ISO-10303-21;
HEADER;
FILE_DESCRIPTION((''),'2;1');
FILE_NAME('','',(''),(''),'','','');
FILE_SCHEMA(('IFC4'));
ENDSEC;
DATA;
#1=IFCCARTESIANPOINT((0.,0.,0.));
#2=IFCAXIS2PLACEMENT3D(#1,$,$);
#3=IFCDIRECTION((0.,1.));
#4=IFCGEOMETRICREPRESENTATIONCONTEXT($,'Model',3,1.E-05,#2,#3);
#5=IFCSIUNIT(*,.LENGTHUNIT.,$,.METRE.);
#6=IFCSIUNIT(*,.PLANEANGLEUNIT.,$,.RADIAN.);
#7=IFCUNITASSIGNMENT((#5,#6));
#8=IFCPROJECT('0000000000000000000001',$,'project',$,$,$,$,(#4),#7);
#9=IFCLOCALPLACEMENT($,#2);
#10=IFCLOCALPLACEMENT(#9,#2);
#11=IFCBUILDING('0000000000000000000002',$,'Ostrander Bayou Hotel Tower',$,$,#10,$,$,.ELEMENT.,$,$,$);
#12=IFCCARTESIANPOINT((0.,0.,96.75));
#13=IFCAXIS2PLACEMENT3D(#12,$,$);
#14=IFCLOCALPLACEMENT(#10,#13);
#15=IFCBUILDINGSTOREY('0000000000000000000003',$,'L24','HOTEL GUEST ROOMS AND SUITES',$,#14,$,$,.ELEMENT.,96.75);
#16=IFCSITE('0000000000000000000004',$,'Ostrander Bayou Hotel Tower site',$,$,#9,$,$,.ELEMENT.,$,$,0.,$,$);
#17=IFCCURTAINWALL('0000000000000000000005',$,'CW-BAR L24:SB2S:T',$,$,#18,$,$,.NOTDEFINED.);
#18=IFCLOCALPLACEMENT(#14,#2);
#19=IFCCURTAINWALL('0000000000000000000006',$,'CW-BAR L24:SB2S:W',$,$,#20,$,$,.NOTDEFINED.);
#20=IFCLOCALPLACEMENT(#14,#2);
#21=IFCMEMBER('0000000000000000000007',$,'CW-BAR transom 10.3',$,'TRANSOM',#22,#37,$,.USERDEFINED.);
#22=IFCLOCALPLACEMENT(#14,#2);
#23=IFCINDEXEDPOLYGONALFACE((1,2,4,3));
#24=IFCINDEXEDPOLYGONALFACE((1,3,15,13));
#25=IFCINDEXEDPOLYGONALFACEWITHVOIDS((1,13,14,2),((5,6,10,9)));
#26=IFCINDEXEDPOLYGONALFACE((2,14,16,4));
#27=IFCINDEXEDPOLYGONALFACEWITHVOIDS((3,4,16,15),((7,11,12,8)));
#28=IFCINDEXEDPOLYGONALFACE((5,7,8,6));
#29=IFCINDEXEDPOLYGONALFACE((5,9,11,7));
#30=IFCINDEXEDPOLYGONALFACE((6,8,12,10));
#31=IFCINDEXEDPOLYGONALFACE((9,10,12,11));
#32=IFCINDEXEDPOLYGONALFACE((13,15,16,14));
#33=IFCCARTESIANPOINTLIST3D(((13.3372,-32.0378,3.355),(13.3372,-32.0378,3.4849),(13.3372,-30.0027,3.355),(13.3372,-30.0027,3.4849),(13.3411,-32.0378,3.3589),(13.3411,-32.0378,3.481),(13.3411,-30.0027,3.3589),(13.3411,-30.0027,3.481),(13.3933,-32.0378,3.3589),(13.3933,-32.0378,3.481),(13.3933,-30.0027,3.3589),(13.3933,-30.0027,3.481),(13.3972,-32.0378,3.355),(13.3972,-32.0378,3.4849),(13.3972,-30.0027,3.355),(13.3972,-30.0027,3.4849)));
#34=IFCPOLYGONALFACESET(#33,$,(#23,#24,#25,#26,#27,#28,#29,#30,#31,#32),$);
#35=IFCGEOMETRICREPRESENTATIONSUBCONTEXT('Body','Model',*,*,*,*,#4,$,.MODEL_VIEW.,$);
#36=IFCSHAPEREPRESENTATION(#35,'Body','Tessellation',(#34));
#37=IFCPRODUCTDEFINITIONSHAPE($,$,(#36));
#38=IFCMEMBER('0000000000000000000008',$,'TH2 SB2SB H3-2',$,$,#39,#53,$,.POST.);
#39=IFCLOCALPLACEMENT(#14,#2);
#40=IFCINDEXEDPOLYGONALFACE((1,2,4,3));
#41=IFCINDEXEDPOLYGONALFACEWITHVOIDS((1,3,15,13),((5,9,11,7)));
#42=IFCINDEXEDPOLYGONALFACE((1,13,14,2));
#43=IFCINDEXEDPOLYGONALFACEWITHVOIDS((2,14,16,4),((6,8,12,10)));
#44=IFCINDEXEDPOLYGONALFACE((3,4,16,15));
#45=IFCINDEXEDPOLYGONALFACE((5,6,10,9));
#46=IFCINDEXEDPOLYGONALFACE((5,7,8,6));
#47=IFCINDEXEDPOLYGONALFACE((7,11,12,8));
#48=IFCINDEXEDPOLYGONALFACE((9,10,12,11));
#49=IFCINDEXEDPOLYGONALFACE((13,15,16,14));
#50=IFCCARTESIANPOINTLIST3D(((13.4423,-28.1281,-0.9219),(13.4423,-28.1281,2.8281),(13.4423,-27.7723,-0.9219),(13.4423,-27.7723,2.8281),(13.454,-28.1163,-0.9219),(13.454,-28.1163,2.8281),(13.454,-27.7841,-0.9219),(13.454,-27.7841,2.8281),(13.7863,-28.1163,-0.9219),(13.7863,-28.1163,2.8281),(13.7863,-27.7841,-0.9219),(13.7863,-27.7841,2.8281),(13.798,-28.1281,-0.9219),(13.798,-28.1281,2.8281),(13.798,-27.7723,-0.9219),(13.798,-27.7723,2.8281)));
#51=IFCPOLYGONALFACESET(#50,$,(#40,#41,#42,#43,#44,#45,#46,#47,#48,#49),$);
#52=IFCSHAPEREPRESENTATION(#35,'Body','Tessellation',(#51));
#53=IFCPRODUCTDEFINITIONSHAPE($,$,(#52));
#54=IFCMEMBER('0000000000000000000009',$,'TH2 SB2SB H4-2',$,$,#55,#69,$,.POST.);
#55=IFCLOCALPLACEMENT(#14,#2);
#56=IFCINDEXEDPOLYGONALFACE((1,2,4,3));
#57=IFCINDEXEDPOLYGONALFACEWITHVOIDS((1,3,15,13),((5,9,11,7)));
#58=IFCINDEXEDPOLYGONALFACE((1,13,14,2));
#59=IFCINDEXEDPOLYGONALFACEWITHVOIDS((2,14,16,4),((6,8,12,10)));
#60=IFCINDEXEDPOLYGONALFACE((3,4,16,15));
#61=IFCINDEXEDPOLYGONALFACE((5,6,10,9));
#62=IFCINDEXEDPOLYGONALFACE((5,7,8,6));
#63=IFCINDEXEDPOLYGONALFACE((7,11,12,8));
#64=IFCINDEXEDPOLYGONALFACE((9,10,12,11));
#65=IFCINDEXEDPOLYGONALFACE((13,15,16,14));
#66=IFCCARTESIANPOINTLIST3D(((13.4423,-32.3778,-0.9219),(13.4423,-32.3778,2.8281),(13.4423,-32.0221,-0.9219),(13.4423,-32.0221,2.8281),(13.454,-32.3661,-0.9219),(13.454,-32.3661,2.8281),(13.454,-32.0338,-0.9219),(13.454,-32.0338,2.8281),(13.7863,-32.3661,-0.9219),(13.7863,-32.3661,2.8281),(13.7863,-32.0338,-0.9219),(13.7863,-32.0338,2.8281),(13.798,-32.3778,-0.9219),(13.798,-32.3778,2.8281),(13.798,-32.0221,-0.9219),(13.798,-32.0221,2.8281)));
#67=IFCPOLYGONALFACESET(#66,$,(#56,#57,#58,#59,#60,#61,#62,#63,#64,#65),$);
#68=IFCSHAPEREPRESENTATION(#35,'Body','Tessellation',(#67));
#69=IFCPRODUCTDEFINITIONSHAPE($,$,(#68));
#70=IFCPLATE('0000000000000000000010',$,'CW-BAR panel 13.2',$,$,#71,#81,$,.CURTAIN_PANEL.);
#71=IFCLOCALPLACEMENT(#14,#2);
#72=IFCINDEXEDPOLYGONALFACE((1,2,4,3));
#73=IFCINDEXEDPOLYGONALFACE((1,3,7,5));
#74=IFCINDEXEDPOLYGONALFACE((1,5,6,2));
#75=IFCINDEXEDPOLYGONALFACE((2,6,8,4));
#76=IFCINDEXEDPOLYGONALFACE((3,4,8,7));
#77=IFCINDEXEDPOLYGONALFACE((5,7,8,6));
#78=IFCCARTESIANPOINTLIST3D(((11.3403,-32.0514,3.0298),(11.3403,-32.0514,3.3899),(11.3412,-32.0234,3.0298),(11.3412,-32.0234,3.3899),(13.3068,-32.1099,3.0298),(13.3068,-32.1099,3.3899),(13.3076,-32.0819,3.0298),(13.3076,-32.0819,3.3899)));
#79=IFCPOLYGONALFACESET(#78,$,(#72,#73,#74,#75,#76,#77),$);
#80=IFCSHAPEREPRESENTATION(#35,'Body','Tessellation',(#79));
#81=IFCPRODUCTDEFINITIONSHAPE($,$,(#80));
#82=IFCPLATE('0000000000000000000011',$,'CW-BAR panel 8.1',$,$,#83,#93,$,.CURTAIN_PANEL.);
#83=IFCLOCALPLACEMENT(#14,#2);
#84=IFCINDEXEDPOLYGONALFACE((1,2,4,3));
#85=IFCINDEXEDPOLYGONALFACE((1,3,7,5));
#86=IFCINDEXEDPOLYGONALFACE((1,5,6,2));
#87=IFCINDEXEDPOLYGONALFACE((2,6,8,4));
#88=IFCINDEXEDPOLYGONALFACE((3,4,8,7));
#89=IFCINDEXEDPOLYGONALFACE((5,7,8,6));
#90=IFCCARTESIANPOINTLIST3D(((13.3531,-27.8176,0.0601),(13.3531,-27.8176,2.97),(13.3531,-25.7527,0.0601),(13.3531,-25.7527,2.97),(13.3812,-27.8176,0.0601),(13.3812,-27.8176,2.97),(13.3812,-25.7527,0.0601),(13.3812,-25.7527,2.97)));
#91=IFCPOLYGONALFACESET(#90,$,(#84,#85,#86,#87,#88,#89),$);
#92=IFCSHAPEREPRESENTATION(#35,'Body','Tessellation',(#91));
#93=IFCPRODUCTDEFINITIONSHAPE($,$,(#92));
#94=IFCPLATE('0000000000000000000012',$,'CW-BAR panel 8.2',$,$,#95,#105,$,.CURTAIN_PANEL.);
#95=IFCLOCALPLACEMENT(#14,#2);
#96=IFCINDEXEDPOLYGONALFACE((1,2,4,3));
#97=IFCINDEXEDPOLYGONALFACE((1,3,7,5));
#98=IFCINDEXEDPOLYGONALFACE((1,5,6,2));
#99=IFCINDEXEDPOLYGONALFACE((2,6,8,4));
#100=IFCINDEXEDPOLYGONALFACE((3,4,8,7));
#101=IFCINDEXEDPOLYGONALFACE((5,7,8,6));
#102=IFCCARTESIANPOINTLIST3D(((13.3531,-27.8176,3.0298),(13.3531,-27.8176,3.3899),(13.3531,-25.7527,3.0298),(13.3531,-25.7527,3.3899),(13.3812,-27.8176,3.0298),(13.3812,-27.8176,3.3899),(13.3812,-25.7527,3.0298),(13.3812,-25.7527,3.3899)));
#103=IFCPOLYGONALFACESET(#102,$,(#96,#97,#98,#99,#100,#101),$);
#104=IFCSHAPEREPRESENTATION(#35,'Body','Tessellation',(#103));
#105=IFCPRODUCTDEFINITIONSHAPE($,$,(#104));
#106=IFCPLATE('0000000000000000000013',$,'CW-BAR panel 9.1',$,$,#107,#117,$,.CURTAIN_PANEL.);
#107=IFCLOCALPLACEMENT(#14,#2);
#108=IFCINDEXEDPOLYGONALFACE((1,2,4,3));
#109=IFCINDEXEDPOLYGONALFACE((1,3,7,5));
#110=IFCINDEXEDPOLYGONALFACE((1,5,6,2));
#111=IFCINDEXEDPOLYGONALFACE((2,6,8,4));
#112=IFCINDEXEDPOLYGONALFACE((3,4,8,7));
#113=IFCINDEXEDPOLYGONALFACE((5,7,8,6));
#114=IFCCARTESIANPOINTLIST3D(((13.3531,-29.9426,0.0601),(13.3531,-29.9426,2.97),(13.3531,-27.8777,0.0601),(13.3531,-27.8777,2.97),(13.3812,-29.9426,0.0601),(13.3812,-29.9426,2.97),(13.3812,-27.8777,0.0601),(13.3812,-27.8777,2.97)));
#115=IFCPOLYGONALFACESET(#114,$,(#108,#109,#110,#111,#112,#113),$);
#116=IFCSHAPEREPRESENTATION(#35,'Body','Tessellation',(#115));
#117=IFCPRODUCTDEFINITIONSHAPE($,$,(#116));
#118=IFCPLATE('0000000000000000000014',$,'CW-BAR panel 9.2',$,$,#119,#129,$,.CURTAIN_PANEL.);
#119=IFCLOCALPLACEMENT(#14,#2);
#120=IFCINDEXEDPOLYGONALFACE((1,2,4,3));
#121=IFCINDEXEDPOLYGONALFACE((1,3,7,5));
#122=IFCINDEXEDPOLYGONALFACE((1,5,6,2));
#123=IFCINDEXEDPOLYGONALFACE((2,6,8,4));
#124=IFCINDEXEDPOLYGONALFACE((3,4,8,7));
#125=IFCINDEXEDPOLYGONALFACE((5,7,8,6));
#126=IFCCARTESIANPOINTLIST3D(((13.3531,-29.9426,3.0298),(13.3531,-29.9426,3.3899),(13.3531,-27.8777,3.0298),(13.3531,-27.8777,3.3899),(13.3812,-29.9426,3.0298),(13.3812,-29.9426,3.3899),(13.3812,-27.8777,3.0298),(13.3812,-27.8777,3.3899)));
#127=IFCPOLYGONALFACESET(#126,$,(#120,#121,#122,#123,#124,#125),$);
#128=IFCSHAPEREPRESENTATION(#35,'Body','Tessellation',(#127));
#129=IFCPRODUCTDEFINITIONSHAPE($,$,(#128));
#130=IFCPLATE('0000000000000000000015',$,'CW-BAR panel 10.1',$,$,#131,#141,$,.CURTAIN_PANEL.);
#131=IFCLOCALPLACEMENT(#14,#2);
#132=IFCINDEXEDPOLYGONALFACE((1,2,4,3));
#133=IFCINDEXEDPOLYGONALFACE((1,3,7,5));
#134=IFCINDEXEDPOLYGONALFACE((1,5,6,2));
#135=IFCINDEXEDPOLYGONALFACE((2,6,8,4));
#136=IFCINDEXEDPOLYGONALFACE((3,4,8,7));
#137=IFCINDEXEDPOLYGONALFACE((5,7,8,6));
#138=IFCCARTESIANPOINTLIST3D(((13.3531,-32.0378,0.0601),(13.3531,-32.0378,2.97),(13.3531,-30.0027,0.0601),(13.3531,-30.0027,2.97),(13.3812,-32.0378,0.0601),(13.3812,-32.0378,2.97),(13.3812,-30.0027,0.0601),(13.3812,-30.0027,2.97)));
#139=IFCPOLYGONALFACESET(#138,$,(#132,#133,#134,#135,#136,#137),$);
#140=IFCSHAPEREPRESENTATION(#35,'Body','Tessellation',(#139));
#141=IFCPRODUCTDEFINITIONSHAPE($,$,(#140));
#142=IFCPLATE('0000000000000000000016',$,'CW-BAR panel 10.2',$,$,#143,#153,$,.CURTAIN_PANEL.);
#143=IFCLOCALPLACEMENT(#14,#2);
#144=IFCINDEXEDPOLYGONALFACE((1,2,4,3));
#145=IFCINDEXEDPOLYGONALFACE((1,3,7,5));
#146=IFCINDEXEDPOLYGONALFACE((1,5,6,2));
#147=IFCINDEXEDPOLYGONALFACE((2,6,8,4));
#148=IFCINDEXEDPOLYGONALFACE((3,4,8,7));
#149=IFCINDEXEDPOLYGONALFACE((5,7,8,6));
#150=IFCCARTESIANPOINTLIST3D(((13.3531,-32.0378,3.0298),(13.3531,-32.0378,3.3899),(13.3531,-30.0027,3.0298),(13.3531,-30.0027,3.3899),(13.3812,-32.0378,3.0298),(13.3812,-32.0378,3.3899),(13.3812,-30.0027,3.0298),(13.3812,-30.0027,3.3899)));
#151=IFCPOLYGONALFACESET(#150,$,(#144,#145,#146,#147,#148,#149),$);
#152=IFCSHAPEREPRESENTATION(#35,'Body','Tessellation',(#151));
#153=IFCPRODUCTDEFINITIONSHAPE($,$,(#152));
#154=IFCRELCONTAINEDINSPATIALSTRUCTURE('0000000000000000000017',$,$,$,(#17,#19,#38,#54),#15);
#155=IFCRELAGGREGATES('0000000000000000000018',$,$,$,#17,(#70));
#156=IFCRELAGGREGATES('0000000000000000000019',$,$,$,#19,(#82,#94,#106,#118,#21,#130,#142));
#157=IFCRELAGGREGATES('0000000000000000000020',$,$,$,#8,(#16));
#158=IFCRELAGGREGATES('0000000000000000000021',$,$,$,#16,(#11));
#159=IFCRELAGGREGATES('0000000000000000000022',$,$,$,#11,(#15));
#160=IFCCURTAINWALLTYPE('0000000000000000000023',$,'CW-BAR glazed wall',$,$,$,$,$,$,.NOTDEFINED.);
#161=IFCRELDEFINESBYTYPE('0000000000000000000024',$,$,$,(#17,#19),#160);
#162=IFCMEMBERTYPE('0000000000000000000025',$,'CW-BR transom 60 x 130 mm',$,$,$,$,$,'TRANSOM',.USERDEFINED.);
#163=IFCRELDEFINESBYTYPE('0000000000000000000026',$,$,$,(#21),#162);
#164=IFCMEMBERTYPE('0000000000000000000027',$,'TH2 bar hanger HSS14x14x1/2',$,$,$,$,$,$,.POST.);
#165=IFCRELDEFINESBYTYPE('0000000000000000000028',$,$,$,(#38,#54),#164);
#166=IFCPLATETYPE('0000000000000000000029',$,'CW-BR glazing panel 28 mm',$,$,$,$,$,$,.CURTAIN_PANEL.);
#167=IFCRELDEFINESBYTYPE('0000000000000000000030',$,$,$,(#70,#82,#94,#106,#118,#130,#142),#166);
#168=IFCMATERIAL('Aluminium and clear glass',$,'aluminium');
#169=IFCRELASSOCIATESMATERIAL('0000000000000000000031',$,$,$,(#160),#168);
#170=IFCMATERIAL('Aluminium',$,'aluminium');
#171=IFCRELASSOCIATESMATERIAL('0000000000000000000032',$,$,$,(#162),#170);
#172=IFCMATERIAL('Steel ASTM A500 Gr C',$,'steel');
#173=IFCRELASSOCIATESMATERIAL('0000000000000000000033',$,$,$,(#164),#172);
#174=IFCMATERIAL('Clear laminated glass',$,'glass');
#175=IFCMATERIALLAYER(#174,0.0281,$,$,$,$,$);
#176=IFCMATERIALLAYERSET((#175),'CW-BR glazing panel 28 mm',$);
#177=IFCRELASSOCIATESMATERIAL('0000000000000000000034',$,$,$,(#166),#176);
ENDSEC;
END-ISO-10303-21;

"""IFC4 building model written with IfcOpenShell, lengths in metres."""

from ifc_helpers import new_model, si_unit, direction, frame, origin, origin_2d, place, context, subcontext, project, spatial, rectangle, hollow_rectangle, extrude, material, layer, layer_set, material_profile, profile_set, type_object, element, aggregate, save


model = new_model("IFC4")

# Units and contexts
model_context = context("Model", 3, precision=1e-05, world=origin(), true_north=direction((0.0, 1.0)))
body_context = subcontext(model_context, "Body", "Model", "MODEL_VIEW")
ifc_project = project(units=[si_unit("LENGTHUNIT", "METRE"), si_unit("PLANEANGLEUNIT", "RADIAN")], contexts=[model_context])

# Site, building, storey
site_placement = place(None, origin())
site = spatial("IfcSite", under=ifc_project, at=site_placement, Name="Ostrander Bayou Hotel Tower site", CompositionType="ELEMENT", RefElevation=0.0)
building_placement = place(site_placement, origin())
building = spatial("IfcBuilding", under=site, at=building_placement, Name="Ostrander Bayou Hotel Tower", CompositionType="ELEMENT")
storey_placement = place(building_placement, frame((0.0, 0.0, 96.75)))
storey = spatial("IfcBuildingStorey", under=building, at=storey_placement, Name="L24", Description="HOTEL GUEST ROOMS AND SUITES", CompositionType="ELEMENT", Elevation=96.75)

# Curtain wall
ifc_material_1 = material(Name="Aluminium and clear glass", Category="aluminium")
curtain_wall_type = type_object("IfcCurtainWallType", Name="CW-BAR glazed wall", PredefinedType="NOTDEFINED", material=ifc_material_1)
curtain_wall_1_placement = place(storey_placement, origin())
curtain_wall_1 = element("IfcCurtainWall", 1, at=curtain_wall_1_placement, inside=storey, type_object=curtain_wall_type, Name="CW-BAR L24:SB2S:T", PredefinedType="NOTDEFINED")

# Curtain wall, member
curtain_wall_2_placement = place(storey_placement, origin())
curtain_wall_2 = element("IfcCurtainWall", 2, at=curtain_wall_2_placement, inside=storey, type_object=curtain_wall_type, Name="CW-BAR L24:SB2S:W", PredefinedType="NOTDEFINED")
ifc_material_2 = material(Name="Aluminium", Category="aluminium")
ifc_material_profile_1 = material_profile(ifc_material_2, hollow_rectangle(XDim=0.0601, YDim=0.1299, WallThickness=0.0039, at=origin_2d()))
ifc_profile_set_1 = profile_set([ifc_material_profile_1], Name="Aluminium")
member_type_1 = type_object("IfcMemberType", Name="CW-BR transom 60 x 130 mm", ElementType="TRANSOM", PredefinedType="USERDEFINED", material=ifc_profile_set_1)
member_1_placement = place(storey_placement, frame((13.3672, -30.0027, 3.4199), z_axis=(0.0, -1.0, 0.0), x_axis=(1.0, 0.0, 0.0)))
member_1 = element("IfcMember", 3, at=member_1_placement, type_object=member_type_1, Name="CW-BAR transom 10.3", ObjectType="TRANSOM", PredefinedType="USERDEFINED", context=body_context, shape_type="SweptSolid", body=[
    extrude(hollow_rectangle(XDim=0.0601, YDim=0.1299, WallThickness=0.0039, at=origin_2d()), origin(), (0.0, 0.0, 1.0), 2.0352),
])

# Members
ifc_material_3 = material(Name="Steel ASTM A500 Gr C", Category="steel")
ifc_material_profile_2 = material_profile(ifc_material_3, hollow_rectangle(XDim=0.3557, YDim=0.3557, WallThickness=0.0117, at=origin_2d()))
ifc_profile_set_2 = profile_set([ifc_material_profile_2], Name="Steel ASTM A500 Gr C")
member_type_2 = type_object("IfcMemberType", Name="TH2 bar hanger HSS14x14x1/2", PredefinedType="POST", material=ifc_profile_set_2)
for number, where, z_axis, x_axis, name in (
    (4, (13.6201, -27.9502, -0.9219), (0.0, 0.0, 1.0), (1.0, 0.0, 0.0), "TH2 SB2SB H3-2"),
    (5, (13.6201, -32.2, -0.9219), (0.0, 0.0, 1.0), (1.0, 0.0, 0.0), "TH2 SB2SB H4-2"),
):
    element("IfcMember", number, at=place(storey_placement, frame(where, z_axis=z_axis, x_axis=x_axis)), inside=storey, type_object=member_type_2, Name=name, PredefinedType="POST", context=body_context, shape_type="SweptSolid", body=[
        extrude(hollow_rectangle(XDim=0.3557, YDim=0.3557, WallThickness=0.0117, at=origin_2d()), origin(), (0.0, 0.0, 1.0), 3.75),
    ])

# Plates
ifc_material_4 = material(Name="Clear laminated glass", Category="glass")
ifc_layer = layer(ifc_material_4, 0.0281)
ifc_layer_set = layer_set([ifc_layer], Name="CW-BR glazing panel 28 mm")
plate_type = type_object("IfcPlateType", Name="CW-BR glazing panel 28 mm", PredefinedType="CURTAIN_PANEL", material=ifc_layer_set)
plate_1_placement = place(storey_placement, frame((12.324, -32.0667, 3.0298), z_axis=(0.0, 0.0, 1.0), x_axis=(0.999557, -0.029746, 0.0)))
plate_1 = element("IfcPlate", 6, at=plate_1_placement, type_object=plate_type, Name="CW-BAR panel 13.2", PredefinedType="CURTAIN_PANEL", context=body_context, shape_type="SweptSolid", body=[
    extrude(rectangle(XDim=1.9673, YDim=0.0281, at=origin_2d()), origin(), (0.0, 0.0, 1.0), 0.3601),
])
aggregate(curtain_wall_1, [plate_1])
plate_2_placement = place(storey_placement, frame((13.3672, -26.7852, 0.0601), z_axis=(0.0, 0.0, 1.0), x_axis=(0.0, -1.0, 0.0)))
plate_2 = element("IfcPlate", 7, at=plate_2_placement, type_object=plate_type, Name="CW-BAR panel 8.1", PredefinedType="CURTAIN_PANEL", context=body_context, shape_type="SweptSolid", body=[
    extrude(rectangle(XDim=2.0649, YDim=0.0281, at=origin_2d()), origin(), (0.0, 0.0, 1.0), 2.9099),
])
plate_3_placement = place(storey_placement, frame((13.3672, -26.7852, 3.0298), z_axis=(0.0, 0.0, 1.0), x_axis=(0.0, -1.0, 0.0)))
plate_3 = element("IfcPlate", 8, at=plate_3_placement, type_object=plate_type, Name="CW-BAR panel 8.2", PredefinedType="CURTAIN_PANEL", context=body_context, shape_type="SweptSolid", body=[
    extrude(rectangle(XDim=2.0649, YDim=0.0281, at=origin_2d()), origin(), (0.0, 0.0, 1.0), 0.3601),
])
plate_4_placement = place(storey_placement, frame((13.3672, -28.9102, 0.0601), z_axis=(0.0, 0.0, 1.0), x_axis=(0.0, -1.0, 0.0)))
plate_4 = element("IfcPlate", 9, at=plate_4_placement, type_object=plate_type, Name="CW-BAR panel 9.1", PredefinedType="CURTAIN_PANEL", context=body_context, shape_type="SweptSolid", body=[
    extrude(rectangle(XDim=2.0649, YDim=0.0281, at=origin_2d()), origin(), (0.0, 0.0, 1.0), 2.9099),
])
plate_5_placement = place(storey_placement, frame((13.3672, -28.9102, 3.0298), z_axis=(0.0, 0.0, 1.0), x_axis=(0.0, -1.0, 0.0)))
plate_5 = element("IfcPlate", 10, at=plate_5_placement, type_object=plate_type, Name="CW-BAR panel 9.2", PredefinedType="CURTAIN_PANEL", context=body_context, shape_type="SweptSolid", body=[
    extrude(rectangle(XDim=2.0649, YDim=0.0281, at=origin_2d()), origin(), (0.0, 0.0, 1.0), 0.3601),
])
plate_6_placement = place(storey_placement, frame((13.3672, -31.0203, 0.0601), z_axis=(0.0, 0.0, 1.0), x_axis=(0.0, -1.0, 0.0)))
plate_6 = element("IfcPlate", 11, at=plate_6_placement, type_object=plate_type, Name="CW-BAR panel 10.1", PredefinedType="CURTAIN_PANEL", context=body_context, shape_type="SweptSolid", body=[
    extrude(rectangle(XDim=2.0352, YDim=0.0281, at=origin_2d()), origin(), (0.0, 0.0, 1.0), 2.9099),
])
plate_7_placement = place(storey_placement, frame((13.3672, -31.0203, 3.0298), z_axis=(0.0, 0.0, 1.0), x_axis=(0.0, -1.0, 0.0)))
plate_7 = element("IfcPlate", 12, at=plate_7_placement, type_object=plate_type, Name="CW-BAR panel 10.2", PredefinedType="CURTAIN_PANEL", context=body_context, shape_type="SweptSolid", body=[
    extrude(rectangle(XDim=2.0352, YDim=0.0281, at=origin_2d()), origin(), (0.0, 0.0, 1.0), 0.3601),
])
aggregate(curtain_wall_2, [plate_2, plate_3, plate_4, plate_5, member_1, plate_6, plate_7])

save(model, "model.ifc")
